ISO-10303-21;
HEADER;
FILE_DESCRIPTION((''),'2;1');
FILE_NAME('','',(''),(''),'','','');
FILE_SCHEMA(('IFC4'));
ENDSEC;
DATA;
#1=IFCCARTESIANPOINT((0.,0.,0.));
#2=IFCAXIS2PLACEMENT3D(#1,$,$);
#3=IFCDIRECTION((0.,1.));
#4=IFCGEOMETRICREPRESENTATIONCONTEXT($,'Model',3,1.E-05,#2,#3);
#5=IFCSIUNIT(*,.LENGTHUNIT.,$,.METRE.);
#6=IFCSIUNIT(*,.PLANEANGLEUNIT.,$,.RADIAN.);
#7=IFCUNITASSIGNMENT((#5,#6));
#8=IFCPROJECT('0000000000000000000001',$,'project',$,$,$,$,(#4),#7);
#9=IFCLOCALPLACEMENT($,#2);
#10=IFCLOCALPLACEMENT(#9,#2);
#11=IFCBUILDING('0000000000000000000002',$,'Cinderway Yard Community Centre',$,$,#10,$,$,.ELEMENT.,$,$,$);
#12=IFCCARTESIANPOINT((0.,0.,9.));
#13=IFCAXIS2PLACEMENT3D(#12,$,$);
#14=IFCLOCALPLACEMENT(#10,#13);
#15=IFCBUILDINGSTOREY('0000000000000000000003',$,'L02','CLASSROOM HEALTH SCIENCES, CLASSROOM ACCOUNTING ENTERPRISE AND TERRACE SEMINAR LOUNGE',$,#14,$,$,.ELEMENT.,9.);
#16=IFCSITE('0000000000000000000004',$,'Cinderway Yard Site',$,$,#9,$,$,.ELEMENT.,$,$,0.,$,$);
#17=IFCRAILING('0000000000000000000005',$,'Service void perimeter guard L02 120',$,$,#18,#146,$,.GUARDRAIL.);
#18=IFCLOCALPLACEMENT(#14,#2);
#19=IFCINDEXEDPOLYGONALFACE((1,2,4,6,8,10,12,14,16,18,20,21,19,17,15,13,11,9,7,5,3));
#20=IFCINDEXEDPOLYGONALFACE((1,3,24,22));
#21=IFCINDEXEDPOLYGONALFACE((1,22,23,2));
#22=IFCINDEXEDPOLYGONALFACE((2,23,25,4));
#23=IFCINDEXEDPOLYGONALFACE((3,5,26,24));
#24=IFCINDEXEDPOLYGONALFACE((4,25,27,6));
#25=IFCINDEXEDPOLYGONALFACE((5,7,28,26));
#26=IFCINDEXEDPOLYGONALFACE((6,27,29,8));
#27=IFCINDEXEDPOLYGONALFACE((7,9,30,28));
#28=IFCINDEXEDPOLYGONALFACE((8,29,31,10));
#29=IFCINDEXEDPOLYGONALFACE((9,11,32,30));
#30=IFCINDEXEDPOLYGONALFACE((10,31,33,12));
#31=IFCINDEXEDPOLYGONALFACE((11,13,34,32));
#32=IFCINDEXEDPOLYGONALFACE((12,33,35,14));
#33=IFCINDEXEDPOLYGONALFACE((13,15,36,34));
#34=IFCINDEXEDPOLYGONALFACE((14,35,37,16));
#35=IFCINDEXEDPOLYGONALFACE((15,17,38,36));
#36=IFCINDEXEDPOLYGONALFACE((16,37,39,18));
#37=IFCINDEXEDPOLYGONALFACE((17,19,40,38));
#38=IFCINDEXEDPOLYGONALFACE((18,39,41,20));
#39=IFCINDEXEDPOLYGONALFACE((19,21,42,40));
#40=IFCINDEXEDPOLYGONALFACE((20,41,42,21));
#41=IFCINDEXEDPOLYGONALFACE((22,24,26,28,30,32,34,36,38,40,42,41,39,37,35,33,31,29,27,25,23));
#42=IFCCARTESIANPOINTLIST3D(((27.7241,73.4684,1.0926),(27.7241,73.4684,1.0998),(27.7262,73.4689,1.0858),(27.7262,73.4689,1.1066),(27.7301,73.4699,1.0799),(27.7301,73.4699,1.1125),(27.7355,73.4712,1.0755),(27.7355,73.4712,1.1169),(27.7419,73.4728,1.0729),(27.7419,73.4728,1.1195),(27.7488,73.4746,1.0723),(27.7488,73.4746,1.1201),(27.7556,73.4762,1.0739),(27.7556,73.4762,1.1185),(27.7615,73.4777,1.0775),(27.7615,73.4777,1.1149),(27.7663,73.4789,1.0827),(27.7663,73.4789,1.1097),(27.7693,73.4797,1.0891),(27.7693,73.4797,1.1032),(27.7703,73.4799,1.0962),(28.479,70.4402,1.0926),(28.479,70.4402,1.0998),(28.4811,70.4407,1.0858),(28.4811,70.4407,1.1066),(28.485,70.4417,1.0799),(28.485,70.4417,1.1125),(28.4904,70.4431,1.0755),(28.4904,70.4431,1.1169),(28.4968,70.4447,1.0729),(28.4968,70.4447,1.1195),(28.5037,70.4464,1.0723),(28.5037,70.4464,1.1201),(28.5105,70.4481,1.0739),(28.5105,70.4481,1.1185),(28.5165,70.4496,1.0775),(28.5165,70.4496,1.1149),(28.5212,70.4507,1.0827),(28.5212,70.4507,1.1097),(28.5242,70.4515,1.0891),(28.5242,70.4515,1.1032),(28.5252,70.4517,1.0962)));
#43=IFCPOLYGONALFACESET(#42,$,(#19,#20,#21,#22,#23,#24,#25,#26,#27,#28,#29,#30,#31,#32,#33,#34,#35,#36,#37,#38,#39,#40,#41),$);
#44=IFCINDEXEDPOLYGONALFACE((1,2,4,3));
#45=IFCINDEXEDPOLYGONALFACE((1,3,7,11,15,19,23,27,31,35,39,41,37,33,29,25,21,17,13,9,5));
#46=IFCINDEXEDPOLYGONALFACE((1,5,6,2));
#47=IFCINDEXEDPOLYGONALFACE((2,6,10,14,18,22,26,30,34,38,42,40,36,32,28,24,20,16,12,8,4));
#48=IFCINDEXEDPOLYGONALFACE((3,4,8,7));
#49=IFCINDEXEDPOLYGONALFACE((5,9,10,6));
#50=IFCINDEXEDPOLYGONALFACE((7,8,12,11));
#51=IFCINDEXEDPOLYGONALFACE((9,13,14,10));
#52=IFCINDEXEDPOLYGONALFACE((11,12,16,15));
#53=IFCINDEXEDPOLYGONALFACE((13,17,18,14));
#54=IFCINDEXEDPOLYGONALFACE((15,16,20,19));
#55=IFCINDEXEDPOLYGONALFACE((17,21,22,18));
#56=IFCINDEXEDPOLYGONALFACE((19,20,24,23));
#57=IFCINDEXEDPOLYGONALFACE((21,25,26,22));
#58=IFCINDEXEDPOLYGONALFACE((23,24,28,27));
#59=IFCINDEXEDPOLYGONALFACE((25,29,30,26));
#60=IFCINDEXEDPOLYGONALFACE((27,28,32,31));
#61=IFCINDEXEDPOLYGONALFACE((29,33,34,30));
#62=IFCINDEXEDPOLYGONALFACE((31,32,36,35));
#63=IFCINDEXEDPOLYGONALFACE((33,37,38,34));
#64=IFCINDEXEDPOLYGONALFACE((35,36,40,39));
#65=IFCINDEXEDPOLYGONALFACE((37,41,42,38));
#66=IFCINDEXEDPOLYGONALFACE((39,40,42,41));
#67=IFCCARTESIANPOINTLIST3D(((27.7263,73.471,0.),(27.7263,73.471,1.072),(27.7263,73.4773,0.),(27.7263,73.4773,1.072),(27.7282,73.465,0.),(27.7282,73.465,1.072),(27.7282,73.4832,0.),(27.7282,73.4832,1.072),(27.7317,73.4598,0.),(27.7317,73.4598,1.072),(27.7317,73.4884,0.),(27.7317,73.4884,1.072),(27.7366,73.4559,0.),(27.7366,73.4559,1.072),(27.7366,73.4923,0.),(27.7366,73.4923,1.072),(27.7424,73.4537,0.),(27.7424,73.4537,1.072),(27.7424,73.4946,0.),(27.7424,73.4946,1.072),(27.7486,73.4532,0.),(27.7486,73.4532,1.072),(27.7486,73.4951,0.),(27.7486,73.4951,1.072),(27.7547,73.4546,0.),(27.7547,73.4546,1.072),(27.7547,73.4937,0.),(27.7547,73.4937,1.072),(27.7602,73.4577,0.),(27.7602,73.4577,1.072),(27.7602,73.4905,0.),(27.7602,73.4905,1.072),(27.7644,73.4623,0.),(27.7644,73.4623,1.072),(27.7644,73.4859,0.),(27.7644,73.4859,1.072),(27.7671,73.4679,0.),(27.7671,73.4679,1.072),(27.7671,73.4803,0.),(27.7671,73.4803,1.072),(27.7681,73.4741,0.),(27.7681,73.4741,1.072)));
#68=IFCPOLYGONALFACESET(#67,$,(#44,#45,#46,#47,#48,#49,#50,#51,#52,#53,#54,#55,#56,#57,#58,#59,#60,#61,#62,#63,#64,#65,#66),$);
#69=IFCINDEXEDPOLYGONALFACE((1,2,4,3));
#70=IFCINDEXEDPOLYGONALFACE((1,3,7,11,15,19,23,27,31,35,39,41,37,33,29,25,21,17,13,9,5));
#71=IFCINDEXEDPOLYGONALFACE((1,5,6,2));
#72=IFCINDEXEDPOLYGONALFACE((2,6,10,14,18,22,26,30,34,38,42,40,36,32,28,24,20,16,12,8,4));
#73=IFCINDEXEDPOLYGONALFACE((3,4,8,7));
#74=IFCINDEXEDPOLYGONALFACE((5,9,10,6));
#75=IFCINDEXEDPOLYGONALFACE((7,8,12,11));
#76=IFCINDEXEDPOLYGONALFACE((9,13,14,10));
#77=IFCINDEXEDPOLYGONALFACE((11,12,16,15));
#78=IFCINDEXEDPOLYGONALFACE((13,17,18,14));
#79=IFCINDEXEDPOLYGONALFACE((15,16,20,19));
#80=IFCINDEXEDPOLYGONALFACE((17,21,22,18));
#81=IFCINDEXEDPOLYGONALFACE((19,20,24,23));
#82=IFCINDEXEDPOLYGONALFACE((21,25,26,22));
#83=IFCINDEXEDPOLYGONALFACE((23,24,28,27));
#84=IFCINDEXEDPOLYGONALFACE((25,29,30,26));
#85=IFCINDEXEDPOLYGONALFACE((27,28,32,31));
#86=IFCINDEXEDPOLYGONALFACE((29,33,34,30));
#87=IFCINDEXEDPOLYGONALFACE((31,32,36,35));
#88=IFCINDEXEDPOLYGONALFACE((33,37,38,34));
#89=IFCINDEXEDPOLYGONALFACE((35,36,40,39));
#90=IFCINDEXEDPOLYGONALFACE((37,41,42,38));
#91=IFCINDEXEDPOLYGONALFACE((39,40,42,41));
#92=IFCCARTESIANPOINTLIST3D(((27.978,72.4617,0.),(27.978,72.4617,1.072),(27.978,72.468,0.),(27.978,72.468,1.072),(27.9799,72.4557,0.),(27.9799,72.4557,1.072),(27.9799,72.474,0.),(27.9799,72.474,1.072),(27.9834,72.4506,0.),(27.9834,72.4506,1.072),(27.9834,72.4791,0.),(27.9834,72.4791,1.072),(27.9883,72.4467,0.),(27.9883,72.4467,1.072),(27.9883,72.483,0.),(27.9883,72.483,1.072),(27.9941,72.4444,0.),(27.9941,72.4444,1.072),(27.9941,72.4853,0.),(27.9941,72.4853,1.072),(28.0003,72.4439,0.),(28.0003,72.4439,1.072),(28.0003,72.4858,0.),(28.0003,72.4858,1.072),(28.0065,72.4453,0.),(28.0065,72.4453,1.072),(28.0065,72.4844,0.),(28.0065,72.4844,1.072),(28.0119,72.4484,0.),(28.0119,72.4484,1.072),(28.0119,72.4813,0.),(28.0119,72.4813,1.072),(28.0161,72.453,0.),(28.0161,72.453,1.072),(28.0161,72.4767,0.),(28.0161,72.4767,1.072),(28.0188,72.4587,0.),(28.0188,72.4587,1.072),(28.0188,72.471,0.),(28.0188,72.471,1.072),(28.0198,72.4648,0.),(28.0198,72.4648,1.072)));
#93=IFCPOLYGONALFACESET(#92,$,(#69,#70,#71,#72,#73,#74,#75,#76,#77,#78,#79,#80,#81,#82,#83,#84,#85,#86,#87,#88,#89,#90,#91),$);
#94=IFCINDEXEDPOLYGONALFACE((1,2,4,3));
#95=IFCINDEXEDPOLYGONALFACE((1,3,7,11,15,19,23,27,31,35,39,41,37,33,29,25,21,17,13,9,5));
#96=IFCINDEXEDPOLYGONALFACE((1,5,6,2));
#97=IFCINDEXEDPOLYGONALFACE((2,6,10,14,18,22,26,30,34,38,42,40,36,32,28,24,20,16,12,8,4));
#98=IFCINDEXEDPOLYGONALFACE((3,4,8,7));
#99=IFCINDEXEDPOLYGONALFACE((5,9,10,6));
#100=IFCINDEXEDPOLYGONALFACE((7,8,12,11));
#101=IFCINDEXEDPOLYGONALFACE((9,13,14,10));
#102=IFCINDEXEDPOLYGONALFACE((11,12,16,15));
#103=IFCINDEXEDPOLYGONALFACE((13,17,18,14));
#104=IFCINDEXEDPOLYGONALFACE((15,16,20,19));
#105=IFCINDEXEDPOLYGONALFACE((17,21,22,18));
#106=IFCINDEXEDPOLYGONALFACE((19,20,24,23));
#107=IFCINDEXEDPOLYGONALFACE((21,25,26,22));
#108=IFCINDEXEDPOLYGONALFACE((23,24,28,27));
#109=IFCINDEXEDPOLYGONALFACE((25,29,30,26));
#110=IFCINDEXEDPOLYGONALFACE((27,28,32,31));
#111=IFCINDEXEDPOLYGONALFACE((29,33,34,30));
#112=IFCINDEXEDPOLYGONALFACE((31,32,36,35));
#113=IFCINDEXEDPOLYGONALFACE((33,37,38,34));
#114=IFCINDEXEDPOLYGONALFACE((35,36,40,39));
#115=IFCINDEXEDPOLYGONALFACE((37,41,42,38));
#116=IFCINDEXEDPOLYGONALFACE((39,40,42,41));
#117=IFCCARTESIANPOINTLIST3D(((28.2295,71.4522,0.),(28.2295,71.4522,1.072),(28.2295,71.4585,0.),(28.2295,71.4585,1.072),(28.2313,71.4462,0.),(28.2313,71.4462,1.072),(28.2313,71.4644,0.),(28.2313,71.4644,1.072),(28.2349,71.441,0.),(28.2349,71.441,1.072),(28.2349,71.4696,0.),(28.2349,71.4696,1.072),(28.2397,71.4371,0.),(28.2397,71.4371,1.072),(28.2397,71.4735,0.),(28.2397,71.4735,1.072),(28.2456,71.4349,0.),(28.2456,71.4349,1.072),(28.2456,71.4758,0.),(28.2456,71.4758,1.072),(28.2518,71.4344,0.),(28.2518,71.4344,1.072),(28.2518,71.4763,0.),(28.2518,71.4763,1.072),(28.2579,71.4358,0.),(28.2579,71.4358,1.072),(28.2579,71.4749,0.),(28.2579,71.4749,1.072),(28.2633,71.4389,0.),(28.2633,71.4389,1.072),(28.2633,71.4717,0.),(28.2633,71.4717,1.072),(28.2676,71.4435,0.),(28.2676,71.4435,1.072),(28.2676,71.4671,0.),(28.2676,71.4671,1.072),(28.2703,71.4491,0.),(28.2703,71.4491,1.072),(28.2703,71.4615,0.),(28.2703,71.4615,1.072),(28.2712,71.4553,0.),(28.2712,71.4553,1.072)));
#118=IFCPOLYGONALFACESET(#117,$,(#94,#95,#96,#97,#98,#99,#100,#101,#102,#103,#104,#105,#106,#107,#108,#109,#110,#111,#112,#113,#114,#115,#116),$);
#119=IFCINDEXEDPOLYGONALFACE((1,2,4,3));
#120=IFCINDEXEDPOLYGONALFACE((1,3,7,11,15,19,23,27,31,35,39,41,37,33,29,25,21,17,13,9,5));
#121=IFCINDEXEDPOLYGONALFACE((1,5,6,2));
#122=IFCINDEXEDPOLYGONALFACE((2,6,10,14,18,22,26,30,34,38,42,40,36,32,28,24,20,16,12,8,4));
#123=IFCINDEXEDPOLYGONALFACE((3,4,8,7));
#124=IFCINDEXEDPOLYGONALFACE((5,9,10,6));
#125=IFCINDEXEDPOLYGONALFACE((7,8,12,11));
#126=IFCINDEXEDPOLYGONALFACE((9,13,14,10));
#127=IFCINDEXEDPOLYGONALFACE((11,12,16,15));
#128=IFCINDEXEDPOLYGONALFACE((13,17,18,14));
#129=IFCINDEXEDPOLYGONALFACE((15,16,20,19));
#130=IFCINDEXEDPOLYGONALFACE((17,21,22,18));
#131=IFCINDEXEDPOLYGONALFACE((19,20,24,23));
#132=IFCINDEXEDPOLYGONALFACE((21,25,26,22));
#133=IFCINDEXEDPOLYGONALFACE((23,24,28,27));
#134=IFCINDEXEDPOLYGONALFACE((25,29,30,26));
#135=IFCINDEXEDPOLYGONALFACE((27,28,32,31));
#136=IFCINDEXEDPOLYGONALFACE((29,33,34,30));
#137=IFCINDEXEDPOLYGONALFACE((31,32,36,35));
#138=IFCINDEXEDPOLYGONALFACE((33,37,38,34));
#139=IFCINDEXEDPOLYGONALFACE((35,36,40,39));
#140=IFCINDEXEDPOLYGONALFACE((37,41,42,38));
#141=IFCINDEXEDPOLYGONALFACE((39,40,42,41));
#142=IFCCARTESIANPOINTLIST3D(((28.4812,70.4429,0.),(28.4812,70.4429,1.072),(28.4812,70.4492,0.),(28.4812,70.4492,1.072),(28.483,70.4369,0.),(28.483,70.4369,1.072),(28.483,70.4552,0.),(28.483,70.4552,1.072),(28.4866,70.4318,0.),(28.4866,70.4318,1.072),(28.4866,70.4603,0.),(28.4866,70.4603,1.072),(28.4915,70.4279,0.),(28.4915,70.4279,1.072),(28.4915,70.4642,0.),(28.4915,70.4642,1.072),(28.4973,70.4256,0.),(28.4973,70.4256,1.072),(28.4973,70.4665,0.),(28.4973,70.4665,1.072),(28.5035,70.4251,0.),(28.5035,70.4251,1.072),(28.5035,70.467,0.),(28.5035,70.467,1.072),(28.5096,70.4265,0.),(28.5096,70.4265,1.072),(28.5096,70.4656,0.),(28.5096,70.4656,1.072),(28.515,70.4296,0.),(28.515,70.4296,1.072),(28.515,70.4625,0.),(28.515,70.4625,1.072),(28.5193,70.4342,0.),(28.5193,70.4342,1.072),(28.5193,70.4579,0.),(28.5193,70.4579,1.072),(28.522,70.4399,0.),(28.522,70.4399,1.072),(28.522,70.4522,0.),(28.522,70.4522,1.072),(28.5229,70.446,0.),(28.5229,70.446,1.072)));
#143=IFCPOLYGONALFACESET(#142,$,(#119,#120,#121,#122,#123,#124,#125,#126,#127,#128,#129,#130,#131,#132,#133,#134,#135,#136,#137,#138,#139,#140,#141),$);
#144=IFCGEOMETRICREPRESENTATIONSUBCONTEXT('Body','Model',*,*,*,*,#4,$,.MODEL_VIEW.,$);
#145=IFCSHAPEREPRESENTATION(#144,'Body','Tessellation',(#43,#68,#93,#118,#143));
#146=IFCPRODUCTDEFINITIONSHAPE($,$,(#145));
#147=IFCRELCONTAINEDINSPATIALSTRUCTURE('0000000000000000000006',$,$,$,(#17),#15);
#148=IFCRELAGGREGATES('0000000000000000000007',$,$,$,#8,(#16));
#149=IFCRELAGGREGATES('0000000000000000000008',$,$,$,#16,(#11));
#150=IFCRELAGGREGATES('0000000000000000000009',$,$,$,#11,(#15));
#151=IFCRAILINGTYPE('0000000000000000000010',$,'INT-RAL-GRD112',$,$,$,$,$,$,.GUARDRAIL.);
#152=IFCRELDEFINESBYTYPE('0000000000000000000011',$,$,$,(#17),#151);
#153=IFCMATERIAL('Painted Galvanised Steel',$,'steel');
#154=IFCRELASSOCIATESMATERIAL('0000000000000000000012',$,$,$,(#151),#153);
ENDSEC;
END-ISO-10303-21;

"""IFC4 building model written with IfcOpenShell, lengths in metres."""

from ifc_helpers import new_model, si_unit, direction, frame, origin, origin_2d, place, context, subcontext, project, spatial, circle, extrude, material, type_object, element, save


model = new_model("IFC4")

# Units and contexts
model_context = context("Model", 3, precision=1e-05, world=origin(), true_north=direction((0.0, 1.0)))
body_context = subcontext(model_context, "Body", "Model", "MODEL_VIEW")
ifc_project = project(units=[si_unit("LENGTHUNIT", "METRE"), si_unit("PLANEANGLEUNIT", "RADIAN")], contexts=[model_context])

# Site, building, storey
site_placement = place(None, origin())
site = spatial("IfcSite", under=ifc_project, at=site_placement, Name="Cinderway Yard Site", CompositionType="ELEMENT", RefElevation=0.0)
building_placement = place(site_placement, origin())
building = spatial("IfcBuilding", under=site, at=building_placement, Name="Cinderway Yard Community Centre", CompositionType="ELEMENT")
storey_placement = place(building_placement, frame((0.0, 0.0, 9.0)))
storey = spatial("IfcBuildingStorey", under=building, at=storey_placement, Name="L02", Description="CLASSROOM HEALTH SCIENCES, CLASSROOM ACCOUNTING ENTERPRISE AND TERRACE SEMINAR LOUNGE", CompositionType="ELEMENT", Elevation=9.0)

# Railing
ifc_material_1 = material(Name="Painted Galvanised Steel", Category="steel")
railing_type_1 = type_object("IfcRailingType", Name="INT-RAL-GRD112", PredefinedType="GUARDRAIL", material=ifc_material_1)
railing_1_placement = place(storey_placement, frame((27.7471, 73.4741, 0.0)))
element("IfcRailing", 1, at=railing_1_placement, inside=storey, type_object=railing_type_1, Name="Service void perimeter guard L02 120", PredefinedType="GUARDRAIL", context=body_context, shape_type="SweptSolid", body=[
    extrude(circle(Radius=0.0239, at=origin_2d()), frame((0.0, 0.0, 1.0962), z_axis=(0.241891, -0.970303, 0.0), x_axis=(0.970303, 0.241891, 0.0)), (0.0, 0.0, 1.0), 3.1208),
    extrude(circle(Radius=0.021, at=origin_2d()), origin(), (0.0, 0.0, 1.0), 1.072),
    extrude(circle(Radius=0.021, at=origin_2d()), frame((0.2517, -1.0093, 0.0)), (0.0, 0.0, 1.0), 1.072),
    extrude(circle(Radius=0.021, at=origin_2d()), frame((0.5032, -2.0188, 0.0)), (0.0, 0.0, 1.0), 1.072),
    extrude(circle(Radius=0.021, at=origin_2d()), frame((0.7549, -3.0281, 0.0)), (0.0, 0.0, 1.0), 1.072),
])

save(model, "model.ifc")
